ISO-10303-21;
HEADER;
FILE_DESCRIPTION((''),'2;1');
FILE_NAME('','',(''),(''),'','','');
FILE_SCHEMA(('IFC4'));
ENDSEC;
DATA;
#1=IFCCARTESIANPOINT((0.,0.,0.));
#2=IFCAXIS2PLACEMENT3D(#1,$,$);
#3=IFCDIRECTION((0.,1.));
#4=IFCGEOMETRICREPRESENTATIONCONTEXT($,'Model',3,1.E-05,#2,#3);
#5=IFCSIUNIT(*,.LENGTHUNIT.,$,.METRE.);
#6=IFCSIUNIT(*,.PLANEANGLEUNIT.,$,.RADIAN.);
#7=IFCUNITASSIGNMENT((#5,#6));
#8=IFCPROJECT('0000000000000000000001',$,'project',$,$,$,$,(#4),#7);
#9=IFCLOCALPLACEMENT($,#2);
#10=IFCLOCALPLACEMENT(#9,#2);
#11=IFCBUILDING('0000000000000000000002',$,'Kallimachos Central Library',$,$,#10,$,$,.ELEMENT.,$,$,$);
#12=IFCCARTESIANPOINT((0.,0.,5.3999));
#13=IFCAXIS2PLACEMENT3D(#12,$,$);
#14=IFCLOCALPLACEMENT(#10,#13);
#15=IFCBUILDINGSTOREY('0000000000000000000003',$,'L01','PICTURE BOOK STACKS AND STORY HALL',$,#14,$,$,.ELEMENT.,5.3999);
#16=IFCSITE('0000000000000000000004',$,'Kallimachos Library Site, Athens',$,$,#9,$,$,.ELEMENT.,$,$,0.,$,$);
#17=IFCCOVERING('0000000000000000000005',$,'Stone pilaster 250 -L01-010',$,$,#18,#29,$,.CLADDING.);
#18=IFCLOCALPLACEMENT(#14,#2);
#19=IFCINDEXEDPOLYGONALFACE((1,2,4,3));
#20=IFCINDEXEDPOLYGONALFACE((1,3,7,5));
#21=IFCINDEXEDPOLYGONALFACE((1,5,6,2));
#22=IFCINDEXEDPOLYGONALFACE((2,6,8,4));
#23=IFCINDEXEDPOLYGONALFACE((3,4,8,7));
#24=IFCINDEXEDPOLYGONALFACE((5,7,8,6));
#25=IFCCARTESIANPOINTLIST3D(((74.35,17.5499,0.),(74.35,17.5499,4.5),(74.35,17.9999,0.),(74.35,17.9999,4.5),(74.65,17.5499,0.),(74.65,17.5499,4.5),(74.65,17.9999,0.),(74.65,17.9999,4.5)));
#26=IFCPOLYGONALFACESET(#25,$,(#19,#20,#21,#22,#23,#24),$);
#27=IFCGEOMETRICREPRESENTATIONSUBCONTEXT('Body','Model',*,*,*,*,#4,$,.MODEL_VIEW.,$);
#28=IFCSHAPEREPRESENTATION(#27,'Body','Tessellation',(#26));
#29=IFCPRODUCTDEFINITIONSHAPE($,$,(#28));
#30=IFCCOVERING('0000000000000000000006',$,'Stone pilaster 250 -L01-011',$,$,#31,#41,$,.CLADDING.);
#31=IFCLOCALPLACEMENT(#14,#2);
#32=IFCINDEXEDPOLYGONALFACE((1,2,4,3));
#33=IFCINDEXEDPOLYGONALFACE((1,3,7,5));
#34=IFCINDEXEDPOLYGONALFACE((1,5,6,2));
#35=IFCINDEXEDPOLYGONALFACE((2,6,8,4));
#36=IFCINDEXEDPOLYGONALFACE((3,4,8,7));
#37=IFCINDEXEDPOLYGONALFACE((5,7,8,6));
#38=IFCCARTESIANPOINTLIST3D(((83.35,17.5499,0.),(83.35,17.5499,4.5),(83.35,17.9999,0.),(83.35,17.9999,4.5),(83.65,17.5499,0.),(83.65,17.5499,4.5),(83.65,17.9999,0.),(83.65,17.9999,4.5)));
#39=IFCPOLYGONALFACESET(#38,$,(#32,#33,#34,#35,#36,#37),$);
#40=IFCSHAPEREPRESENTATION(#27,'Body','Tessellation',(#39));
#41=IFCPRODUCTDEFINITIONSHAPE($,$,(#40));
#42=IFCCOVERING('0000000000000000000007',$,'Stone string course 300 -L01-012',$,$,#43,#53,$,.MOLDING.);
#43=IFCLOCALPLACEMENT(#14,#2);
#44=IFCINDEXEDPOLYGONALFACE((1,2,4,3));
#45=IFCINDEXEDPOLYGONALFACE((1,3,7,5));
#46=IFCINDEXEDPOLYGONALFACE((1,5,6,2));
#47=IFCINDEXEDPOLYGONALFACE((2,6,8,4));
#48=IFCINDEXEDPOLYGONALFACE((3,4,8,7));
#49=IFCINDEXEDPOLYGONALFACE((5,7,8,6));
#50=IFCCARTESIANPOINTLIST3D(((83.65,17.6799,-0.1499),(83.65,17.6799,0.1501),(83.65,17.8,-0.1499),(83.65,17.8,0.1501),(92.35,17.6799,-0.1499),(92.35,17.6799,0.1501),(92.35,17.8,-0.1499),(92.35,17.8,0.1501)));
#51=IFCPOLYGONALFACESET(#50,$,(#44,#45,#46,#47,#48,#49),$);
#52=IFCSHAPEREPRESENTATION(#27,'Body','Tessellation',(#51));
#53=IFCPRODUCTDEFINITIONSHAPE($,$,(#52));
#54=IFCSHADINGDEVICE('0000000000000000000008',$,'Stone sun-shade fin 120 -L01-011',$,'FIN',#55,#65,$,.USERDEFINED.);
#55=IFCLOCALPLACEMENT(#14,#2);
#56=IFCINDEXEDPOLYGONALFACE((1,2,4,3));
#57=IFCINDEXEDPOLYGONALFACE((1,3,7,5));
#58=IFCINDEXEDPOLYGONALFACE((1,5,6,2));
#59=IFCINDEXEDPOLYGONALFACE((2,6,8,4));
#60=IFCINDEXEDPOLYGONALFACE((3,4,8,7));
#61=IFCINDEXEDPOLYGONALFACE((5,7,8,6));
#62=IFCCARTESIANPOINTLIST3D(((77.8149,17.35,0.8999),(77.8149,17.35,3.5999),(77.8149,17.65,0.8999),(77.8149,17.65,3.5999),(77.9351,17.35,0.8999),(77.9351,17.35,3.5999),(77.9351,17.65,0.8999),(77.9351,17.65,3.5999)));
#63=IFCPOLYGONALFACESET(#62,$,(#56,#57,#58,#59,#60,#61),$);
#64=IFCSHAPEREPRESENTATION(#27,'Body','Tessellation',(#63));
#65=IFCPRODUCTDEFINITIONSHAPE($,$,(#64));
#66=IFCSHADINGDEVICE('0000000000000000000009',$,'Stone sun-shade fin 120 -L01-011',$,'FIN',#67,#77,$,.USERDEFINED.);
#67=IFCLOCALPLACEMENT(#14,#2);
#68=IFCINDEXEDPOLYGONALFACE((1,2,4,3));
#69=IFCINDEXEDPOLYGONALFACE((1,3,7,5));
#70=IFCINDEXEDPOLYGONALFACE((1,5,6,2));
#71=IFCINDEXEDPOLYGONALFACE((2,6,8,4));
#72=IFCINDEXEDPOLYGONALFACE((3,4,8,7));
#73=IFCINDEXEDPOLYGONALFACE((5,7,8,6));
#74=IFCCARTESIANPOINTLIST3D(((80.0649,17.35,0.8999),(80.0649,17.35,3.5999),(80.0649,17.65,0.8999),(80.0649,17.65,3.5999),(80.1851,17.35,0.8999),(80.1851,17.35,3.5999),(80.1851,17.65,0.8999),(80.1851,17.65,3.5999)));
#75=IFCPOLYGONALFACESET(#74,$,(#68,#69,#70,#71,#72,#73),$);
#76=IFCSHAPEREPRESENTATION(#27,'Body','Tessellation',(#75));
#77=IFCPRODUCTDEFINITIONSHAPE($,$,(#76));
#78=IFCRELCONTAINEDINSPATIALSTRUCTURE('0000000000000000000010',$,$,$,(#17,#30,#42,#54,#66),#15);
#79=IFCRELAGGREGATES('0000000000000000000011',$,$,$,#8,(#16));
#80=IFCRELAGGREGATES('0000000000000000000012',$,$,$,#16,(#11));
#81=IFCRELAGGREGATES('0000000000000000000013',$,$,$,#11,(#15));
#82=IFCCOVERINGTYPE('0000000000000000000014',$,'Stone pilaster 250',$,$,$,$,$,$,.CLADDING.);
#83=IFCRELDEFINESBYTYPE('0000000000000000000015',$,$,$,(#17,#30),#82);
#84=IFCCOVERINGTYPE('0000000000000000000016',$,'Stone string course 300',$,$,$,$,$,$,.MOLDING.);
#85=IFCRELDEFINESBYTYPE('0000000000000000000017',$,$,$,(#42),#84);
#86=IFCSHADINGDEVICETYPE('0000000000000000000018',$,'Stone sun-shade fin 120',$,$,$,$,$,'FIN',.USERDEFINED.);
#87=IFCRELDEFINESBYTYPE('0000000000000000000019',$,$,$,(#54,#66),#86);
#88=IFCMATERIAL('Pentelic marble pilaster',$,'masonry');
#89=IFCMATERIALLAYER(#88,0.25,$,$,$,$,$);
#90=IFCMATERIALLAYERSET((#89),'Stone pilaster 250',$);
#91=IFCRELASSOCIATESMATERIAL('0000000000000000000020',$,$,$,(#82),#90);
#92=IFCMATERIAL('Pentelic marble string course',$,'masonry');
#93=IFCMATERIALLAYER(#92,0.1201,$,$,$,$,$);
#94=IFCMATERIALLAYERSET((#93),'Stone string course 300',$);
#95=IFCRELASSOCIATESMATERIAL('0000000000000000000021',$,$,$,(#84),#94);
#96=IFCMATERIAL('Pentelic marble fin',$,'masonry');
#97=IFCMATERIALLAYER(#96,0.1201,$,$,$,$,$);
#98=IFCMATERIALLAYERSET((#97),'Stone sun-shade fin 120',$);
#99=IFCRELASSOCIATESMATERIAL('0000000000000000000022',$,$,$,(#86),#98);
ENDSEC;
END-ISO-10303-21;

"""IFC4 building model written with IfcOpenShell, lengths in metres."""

from ifc_helpers import new_model, si_unit, direction, frame, origin, origin_2d, place, context, subcontext, project, spatial, rectangle, extrude, material, layer, layer_set, type_object, element, save


model = new_model("IFC4")

# Units and contexts
model_context = context("Model", 3, precision=1e-05, world=origin(), true_north=direction((0.0, 1.0)))
body_context = subcontext(model_context, "Body", "Model", "MODEL_VIEW")
ifc_project = project(units=[si_unit("LENGTHUNIT", "METRE"), si_unit("PLANEANGLEUNIT", "RADIAN")], contexts=[model_context])

# Site, building, storey
site_placement = place(None, origin())
site = spatial("IfcSite", under=ifc_project, at=site_placement, Name="Kallimachos Library Site, Athens", CompositionType="ELEMENT", RefElevation=0.0)
building_placement = place(site_placement, origin())
building = spatial("IfcBuilding", under=site, at=building_placement, Name="Kallimachos Central Library", CompositionType="ELEMENT")
storey_placement = place(building_placement, frame((0.0, 0.0, 5.3999)))
storey = spatial("IfcBuildingStorey", under=building, at=storey_placement, Name="L01", Description="PICTURE BOOK STACKS AND STORY HALL", CompositionType="ELEMENT", Elevation=5.3999)

# Coverings
ifc_material_1 = material(Name="Pentelic marble pilaster", Category="masonry")
ifc_layer_1 = layer(ifc_material_1, 0.25)
ifc_layer_set_1 = layer_set([ifc_layer_1], Name="Stone pilaster 250")
covering_type_1 = type_object("IfcCoveringType", Name="Stone pilaster 250", PredefinedType="CLADDING", material=ifc_layer_set_1)
for number, where, z_axis, x_axis, name in (
    (1, (74.5, 17.7749, 0.0), (0.0, 0.0, 1.0), (1.0, 0.0, 0.0), "Stone pilaster 250 -L01-010"),
    (2, (83.5, 17.7749, 0.0), (0.0, 0.0, 1.0), (1.0, 0.0, 0.0), "Stone pilaster 250 -L01-011"),
):
    element("IfcCovering", number, at=place(storey_placement, frame(where, z_axis=z_axis, x_axis=x_axis)), inside=storey, type_object=covering_type_1, Name=name, PredefinedType="CLADDING", context=body_context, shape_type="SweptSolid", body=[
        extrude(rectangle(XDim=0.3, YDim=0.45, at=origin_2d()), origin(), (0.0, 0.0, 1.0), 4.5),
    ])
ifc_material_2 = material(Name="Pentelic marble string course", Category="masonry")
ifc_layer_2 = layer(ifc_material_2, 0.1201)
ifc_layer_set_2 = layer_set([ifc_layer_2], Name="Stone string course 300")
covering_type_2 = type_object("IfcCoveringType", Name="Stone string course 300", PredefinedType="MOLDING", material=ifc_layer_set_2)
covering_placement = place(storey_placement, frame((88.0, 17.74, -0.1499), z_axis=(0.0, 0.0, 1.0), x_axis=(1.0, 0.0, 0.0)))
element("IfcCovering", 3, at=covering_placement, inside=storey, type_object=covering_type_2, Name="Stone string course 300 -L01-012", PredefinedType="MOLDING", context=body_context, shape_type="SweptSolid", body=[
    extrude(rectangle(XDim=8.7, YDim=0.1201, at=origin_2d()), origin(), (0.0, 0.0, 1.0), 0.3),
])

# Shading devices
ifc_material_3 = material(Name="Pentelic marble fin", Category="masonry")
ifc_layer_3 = layer(ifc_material_3, 0.1201)
ifc_layer_set_3 = layer_set([ifc_layer_3], Name="Stone sun-shade fin 120")
shading_device_type = type_object("IfcShadingDeviceType", Name="Stone sun-shade fin 120", ElementType="FIN", PredefinedType="USERDEFINED", material=ifc_layer_set_3)
for number, where, z_axis, x_axis, name in (
    (4, (77.875, 17.5, 0.8999), (0.0, 0.0, 1.0), (1.0, 0.0, 0.0), "Stone sun-shade fin 120 -L01-011"),
    (5, (80.125, 17.5, 0.8999), (0.0, 0.0, 1.0), (1.0, 0.0, 0.0), "Stone sun-shade fin 120 -L01-011"),
):
    element("IfcShadingDevice", number, at=place(storey_placement, frame(where, z_axis=z_axis, x_axis=x_axis)), inside=storey, type_object=shading_device_type, Name=name, ObjectType="FIN", PredefinedType="USERDEFINED", context=body_context, shape_type="SweptSolid", body=[
        extrude(rectangle(XDim=0.1201, YDim=0.3, at=origin_2d()), origin(), (0.0, 0.0, 1.0), 2.7),
    ])

save(model, "model.ifc")
